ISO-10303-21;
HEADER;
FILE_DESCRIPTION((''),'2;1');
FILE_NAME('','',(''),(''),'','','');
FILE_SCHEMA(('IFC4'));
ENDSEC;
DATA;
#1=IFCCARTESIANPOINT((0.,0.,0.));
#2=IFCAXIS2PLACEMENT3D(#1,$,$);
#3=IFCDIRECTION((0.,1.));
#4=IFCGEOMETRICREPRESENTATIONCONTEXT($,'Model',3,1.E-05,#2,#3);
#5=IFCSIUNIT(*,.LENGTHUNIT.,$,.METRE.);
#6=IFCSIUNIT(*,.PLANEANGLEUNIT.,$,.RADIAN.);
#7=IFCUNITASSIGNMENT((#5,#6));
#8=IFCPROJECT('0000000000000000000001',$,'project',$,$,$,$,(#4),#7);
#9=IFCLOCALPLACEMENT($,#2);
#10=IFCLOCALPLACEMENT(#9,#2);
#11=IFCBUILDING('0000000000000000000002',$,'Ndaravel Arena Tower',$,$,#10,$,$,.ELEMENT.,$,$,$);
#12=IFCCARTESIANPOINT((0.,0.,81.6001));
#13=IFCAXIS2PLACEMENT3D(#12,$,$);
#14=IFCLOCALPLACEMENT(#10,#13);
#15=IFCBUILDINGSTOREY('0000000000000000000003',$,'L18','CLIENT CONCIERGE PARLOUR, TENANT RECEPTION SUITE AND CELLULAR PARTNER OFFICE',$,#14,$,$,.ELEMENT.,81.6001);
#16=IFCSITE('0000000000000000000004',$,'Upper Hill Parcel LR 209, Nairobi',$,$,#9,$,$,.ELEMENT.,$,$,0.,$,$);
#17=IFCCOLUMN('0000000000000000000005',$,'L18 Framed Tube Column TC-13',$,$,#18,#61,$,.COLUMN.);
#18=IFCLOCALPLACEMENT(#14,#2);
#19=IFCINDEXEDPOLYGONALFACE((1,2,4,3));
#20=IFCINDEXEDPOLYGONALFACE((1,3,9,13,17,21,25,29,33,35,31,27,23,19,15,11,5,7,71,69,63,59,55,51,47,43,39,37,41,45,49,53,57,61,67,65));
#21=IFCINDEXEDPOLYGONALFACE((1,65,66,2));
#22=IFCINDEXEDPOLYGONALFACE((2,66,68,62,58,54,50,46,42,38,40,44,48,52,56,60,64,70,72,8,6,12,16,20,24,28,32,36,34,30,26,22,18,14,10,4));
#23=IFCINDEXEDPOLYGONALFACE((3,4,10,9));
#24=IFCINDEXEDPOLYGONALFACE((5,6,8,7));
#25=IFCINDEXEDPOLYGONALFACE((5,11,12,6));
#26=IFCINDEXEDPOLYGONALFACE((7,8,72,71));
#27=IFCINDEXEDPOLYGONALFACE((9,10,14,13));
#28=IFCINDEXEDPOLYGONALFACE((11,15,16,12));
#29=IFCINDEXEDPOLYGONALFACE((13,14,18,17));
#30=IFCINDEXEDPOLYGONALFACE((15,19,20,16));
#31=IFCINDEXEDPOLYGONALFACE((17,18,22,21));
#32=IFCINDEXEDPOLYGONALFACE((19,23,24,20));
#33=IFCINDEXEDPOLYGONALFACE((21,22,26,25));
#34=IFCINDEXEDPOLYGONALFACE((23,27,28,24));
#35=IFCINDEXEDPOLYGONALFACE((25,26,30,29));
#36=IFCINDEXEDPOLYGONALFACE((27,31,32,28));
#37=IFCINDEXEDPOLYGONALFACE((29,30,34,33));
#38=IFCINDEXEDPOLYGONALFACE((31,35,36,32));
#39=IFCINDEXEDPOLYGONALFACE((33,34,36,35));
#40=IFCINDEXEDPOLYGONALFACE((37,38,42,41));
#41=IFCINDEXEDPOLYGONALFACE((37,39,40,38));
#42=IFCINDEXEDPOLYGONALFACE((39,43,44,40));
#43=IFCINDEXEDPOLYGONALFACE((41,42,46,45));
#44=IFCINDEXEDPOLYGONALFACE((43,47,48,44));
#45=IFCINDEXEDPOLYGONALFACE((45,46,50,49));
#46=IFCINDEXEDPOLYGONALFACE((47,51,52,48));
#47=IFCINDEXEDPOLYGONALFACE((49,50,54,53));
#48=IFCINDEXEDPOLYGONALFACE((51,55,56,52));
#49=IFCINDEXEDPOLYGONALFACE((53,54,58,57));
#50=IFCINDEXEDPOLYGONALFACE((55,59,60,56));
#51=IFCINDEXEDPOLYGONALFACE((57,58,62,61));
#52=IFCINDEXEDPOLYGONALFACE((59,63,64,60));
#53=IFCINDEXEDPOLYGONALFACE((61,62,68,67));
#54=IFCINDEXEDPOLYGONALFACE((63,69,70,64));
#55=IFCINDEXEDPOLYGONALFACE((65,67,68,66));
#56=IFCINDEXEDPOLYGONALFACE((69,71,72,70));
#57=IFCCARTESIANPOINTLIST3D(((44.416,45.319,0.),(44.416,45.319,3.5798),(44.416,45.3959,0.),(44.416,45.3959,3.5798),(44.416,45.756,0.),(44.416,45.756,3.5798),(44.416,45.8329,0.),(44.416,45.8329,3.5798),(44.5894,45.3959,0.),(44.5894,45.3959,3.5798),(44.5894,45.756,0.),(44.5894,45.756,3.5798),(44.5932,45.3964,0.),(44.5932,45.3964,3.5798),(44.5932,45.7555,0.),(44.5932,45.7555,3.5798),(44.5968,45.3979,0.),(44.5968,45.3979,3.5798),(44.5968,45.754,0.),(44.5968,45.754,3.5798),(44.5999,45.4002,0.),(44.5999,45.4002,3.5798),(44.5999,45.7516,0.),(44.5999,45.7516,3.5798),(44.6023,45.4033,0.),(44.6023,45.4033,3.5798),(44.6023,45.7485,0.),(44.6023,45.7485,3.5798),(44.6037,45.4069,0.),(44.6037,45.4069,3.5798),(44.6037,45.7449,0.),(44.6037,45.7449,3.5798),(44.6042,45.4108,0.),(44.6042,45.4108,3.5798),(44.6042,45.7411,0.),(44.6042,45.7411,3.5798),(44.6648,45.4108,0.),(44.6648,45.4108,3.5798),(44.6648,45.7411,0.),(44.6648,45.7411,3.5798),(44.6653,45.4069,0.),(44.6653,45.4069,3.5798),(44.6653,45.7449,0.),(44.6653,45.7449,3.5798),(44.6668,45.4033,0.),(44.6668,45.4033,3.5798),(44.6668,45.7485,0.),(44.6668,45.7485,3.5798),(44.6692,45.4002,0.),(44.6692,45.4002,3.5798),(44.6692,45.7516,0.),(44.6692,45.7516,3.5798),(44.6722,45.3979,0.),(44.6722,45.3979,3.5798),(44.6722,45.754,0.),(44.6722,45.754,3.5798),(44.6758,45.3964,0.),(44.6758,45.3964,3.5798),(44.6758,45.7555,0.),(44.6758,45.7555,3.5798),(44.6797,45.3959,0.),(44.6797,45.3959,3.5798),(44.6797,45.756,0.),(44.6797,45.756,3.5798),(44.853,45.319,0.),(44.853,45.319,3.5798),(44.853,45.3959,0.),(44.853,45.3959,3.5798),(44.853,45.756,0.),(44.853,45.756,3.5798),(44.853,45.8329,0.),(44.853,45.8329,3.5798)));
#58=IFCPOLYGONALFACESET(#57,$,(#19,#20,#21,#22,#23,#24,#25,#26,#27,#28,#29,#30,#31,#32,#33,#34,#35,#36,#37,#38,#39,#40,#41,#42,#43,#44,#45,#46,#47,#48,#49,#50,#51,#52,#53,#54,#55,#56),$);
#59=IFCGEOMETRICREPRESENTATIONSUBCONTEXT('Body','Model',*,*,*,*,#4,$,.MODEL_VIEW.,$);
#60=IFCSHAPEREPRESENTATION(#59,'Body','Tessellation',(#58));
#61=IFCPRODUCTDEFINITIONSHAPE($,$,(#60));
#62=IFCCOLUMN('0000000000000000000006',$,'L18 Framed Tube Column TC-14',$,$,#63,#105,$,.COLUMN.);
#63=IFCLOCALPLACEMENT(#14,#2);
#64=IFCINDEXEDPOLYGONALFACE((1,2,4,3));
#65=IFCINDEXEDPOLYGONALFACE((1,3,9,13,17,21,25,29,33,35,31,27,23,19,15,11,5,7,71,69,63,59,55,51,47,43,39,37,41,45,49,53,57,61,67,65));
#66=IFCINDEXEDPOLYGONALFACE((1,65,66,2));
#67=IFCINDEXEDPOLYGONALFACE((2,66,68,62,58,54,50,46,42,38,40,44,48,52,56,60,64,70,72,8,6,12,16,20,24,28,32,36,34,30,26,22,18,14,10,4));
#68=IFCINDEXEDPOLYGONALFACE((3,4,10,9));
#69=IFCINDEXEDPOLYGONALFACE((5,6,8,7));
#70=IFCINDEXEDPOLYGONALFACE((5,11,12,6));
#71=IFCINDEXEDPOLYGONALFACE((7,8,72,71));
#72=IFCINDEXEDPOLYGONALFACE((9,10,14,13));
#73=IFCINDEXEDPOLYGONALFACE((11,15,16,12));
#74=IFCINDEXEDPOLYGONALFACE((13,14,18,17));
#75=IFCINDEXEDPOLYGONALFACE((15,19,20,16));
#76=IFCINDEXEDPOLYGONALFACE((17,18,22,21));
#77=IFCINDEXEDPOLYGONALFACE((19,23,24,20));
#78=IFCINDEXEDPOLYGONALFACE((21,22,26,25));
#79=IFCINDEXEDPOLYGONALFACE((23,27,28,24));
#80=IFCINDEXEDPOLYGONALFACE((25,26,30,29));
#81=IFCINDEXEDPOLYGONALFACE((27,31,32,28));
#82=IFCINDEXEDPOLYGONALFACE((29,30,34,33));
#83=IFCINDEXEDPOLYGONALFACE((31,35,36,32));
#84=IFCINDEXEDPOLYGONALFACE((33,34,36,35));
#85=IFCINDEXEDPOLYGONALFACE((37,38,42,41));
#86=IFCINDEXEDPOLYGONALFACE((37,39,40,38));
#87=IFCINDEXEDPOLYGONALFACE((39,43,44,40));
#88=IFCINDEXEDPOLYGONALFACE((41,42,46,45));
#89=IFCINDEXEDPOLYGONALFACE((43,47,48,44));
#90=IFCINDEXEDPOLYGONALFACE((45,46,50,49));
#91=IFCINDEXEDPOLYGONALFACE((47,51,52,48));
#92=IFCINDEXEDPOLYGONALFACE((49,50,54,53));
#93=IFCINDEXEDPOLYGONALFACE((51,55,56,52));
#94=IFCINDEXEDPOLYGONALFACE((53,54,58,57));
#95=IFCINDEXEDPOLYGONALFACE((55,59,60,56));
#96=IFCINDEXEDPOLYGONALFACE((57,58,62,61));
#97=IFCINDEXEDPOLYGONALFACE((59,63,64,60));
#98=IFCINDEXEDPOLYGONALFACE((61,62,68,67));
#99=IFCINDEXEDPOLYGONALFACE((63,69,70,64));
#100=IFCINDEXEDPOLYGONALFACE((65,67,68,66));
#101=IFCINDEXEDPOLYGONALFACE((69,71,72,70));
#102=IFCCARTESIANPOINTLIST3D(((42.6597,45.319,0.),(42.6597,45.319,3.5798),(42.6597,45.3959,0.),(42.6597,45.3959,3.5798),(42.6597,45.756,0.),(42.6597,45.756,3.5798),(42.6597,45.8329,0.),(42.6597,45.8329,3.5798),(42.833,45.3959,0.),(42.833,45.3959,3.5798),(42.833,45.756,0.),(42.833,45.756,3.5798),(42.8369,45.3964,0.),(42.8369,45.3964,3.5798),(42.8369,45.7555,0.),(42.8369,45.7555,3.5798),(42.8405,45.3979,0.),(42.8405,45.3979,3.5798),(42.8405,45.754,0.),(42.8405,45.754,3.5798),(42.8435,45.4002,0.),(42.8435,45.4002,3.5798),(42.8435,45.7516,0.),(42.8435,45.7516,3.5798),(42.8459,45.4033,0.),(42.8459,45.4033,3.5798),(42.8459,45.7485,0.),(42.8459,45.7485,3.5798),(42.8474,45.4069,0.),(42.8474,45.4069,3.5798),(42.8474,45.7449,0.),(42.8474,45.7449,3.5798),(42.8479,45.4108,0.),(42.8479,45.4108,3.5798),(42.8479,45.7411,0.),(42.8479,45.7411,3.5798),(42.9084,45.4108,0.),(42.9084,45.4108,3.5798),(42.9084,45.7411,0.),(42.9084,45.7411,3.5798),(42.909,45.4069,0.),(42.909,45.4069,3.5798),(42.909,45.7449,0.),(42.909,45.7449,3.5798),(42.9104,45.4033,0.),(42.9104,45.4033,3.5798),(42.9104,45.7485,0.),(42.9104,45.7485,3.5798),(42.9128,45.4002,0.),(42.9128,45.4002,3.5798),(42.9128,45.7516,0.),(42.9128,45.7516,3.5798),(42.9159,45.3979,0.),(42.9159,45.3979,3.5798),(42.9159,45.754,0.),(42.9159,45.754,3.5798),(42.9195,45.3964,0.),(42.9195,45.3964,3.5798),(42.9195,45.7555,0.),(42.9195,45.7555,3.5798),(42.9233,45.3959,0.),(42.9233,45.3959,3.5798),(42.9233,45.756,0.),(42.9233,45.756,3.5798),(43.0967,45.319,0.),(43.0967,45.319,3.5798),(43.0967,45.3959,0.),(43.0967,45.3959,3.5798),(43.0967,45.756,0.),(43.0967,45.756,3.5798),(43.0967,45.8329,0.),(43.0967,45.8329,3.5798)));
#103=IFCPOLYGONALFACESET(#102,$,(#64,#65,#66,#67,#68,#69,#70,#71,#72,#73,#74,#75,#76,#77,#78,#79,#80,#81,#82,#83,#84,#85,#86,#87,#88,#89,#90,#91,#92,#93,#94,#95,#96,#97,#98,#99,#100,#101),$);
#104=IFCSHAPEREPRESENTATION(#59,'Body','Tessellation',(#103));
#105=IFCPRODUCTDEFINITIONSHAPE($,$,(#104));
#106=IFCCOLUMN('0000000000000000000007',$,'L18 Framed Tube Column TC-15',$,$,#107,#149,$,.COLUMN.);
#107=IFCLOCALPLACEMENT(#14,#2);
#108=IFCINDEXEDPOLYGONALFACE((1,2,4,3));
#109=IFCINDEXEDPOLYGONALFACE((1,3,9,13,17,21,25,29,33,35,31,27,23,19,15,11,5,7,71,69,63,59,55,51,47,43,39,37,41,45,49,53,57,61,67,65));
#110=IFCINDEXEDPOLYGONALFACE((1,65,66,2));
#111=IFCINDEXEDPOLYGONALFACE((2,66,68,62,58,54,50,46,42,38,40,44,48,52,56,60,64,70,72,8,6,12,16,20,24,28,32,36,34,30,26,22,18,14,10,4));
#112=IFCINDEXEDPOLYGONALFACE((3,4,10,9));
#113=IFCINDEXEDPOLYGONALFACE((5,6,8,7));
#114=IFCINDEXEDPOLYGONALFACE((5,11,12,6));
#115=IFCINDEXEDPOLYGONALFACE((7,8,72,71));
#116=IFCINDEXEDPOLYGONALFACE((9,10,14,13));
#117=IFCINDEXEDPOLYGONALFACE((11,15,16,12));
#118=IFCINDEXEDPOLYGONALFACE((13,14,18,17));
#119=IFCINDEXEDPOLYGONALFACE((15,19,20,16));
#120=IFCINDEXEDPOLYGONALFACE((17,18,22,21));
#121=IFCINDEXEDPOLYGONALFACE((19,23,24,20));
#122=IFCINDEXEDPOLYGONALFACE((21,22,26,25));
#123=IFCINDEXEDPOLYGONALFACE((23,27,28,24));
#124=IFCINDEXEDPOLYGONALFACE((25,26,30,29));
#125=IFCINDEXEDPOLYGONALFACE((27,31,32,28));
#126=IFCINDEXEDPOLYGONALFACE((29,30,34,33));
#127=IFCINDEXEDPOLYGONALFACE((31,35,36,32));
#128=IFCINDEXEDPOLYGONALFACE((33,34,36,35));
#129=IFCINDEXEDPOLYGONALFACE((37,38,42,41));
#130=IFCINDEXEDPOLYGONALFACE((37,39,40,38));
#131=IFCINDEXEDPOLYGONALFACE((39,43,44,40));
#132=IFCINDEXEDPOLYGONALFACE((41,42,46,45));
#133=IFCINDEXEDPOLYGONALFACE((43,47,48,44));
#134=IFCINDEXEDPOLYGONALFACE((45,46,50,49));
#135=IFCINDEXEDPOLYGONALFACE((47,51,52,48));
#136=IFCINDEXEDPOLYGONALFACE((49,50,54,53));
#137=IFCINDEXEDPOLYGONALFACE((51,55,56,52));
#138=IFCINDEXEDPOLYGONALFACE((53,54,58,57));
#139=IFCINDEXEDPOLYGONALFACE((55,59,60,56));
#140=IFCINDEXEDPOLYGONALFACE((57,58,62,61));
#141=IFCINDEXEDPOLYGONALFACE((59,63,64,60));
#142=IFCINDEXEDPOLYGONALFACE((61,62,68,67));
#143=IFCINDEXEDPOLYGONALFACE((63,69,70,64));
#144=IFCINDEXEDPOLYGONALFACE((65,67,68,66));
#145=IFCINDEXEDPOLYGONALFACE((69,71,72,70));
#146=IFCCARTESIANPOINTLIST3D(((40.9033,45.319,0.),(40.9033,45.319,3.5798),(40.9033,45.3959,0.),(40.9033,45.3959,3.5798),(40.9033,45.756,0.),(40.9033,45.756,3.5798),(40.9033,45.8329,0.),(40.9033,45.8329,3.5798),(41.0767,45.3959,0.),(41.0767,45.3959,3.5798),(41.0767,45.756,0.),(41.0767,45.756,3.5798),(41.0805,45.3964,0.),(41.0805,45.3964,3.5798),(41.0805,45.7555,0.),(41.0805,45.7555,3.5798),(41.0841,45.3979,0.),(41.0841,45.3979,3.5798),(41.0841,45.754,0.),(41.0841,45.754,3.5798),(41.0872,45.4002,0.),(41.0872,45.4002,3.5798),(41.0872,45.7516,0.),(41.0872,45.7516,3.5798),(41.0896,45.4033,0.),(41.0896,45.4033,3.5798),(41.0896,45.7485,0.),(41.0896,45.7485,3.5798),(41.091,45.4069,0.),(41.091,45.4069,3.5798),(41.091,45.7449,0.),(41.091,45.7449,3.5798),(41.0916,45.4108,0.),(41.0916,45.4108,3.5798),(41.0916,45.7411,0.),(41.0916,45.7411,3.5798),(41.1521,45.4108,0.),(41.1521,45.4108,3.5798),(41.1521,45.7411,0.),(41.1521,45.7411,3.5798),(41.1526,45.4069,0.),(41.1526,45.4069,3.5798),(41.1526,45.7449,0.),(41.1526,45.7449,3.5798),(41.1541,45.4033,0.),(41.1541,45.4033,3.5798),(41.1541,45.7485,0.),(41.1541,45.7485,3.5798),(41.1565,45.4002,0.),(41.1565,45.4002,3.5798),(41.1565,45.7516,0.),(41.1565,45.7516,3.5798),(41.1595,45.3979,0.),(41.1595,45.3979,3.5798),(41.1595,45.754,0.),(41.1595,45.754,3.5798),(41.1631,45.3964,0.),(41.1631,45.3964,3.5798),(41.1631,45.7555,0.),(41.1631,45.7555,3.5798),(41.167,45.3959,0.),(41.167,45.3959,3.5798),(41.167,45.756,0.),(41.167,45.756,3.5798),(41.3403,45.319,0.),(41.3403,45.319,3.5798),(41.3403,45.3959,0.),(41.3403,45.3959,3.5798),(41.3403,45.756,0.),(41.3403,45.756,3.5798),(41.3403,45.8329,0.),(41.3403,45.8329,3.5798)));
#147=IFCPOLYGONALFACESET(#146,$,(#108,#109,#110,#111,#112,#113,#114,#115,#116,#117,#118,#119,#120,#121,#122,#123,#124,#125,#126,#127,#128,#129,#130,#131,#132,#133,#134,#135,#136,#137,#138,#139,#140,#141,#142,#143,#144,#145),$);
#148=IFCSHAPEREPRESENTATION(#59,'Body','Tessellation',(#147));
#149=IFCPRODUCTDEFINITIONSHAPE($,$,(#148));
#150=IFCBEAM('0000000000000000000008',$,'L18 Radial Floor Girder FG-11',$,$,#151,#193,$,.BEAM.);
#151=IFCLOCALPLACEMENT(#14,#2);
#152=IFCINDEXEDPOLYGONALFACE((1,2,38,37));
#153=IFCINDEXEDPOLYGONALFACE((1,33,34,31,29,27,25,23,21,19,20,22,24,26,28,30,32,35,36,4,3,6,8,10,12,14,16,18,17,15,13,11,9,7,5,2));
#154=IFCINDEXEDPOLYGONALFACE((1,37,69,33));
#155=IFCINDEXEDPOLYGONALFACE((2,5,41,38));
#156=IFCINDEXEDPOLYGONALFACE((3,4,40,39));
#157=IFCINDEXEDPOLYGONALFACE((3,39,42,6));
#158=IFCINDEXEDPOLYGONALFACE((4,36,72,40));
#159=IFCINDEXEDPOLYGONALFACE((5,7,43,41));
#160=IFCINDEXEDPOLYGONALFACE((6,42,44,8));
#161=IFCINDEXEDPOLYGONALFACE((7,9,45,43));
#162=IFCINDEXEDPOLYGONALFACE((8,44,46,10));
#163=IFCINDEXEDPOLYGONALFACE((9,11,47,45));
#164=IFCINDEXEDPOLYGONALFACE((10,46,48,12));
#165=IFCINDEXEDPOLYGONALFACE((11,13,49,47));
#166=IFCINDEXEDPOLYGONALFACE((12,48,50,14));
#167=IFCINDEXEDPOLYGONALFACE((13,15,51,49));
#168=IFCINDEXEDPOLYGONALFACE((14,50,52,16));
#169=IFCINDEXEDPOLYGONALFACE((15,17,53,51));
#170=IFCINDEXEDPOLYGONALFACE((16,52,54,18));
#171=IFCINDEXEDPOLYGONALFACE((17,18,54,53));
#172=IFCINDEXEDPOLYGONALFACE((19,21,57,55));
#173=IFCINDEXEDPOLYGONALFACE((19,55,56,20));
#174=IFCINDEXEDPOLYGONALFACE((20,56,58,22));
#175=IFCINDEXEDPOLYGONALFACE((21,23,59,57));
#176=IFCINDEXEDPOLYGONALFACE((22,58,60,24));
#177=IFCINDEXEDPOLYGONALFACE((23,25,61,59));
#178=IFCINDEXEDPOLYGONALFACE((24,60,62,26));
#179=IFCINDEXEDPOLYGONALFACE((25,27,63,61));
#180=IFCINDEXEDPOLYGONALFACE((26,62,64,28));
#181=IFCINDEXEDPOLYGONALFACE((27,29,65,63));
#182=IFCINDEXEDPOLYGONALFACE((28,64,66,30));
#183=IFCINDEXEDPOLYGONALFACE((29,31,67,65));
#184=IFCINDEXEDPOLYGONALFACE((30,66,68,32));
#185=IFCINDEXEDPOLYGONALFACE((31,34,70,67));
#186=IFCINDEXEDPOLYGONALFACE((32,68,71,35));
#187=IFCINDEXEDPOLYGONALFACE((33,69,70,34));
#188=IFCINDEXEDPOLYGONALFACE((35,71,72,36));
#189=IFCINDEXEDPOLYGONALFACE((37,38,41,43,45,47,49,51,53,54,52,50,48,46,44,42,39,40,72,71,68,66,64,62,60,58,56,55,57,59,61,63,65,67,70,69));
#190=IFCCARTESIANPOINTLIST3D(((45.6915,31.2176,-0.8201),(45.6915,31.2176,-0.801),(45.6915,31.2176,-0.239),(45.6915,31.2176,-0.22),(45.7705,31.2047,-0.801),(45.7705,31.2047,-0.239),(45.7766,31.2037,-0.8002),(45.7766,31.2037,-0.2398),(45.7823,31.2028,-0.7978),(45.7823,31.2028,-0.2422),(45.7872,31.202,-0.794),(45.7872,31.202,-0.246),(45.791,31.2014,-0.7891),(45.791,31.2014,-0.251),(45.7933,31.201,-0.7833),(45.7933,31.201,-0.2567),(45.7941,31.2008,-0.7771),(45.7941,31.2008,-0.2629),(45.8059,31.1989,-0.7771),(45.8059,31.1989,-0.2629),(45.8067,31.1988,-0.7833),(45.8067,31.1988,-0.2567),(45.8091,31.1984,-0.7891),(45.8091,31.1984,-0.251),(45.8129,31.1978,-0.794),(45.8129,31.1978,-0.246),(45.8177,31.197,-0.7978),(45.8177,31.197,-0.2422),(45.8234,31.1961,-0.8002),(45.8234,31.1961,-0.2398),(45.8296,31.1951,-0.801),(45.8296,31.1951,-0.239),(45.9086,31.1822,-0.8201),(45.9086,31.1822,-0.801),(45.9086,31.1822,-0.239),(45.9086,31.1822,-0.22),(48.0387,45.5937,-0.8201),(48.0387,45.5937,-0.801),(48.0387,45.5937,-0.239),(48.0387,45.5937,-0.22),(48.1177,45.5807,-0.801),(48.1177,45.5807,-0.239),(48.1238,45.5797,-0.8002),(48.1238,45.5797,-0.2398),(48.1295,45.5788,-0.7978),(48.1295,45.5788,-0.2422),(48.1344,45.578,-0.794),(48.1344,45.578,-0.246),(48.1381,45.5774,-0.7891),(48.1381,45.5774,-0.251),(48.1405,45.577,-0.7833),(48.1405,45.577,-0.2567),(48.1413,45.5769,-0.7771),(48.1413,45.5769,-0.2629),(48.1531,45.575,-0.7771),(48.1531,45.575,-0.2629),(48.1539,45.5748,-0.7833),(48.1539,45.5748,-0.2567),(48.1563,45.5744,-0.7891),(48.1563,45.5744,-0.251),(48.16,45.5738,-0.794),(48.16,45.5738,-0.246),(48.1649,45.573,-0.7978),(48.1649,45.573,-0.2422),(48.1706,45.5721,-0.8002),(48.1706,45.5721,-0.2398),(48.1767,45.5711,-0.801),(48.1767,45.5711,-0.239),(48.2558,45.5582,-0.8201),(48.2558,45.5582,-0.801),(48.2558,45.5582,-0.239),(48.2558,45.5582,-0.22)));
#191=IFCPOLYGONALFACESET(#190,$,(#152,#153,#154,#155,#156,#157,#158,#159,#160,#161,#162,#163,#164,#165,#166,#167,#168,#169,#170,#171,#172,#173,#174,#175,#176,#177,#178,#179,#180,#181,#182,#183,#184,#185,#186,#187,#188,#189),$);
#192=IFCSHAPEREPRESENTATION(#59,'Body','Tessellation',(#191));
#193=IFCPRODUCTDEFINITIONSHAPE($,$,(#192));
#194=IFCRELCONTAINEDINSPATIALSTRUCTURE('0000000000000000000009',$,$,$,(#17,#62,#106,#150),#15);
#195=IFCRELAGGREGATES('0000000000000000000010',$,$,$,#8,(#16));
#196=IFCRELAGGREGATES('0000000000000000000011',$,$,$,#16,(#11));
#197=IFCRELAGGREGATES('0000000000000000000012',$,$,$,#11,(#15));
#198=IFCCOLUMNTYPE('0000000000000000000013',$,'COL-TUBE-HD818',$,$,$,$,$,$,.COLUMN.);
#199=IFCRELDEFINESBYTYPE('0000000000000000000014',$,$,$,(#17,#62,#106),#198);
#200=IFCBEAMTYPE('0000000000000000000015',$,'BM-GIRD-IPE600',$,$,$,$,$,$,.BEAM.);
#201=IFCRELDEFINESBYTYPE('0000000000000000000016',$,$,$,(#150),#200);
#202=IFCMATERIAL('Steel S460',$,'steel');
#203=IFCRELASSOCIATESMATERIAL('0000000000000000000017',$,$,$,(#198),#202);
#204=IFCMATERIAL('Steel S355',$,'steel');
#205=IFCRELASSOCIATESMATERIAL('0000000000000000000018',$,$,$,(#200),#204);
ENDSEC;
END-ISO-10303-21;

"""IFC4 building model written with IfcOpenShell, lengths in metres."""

from ifc_helpers import new_model, si_unit, direction, frame, origin, origin_2d, place, context, subcontext, project, spatial, i_section, extrude, material, material_profile, profile_set, type_object, element, save


model = new_model("IFC4")

# Units and contexts
model_context = context("Model", 3, precision=1e-05, world=origin(), true_north=direction((0.0, 1.0)))
body_context = subcontext(model_context, "Body", "Model", "MODEL_VIEW")
ifc_project = project(units=[si_unit("LENGTHUNIT", "METRE"), si_unit("PLANEANGLEUNIT", "RADIAN")], contexts=[model_context])

# Site, building, storey
site_placement = place(None, origin())
site = spatial("IfcSite", under=ifc_project, at=site_placement, Name="Upper Hill Parcel LR 209, Nairobi", CompositionType="ELEMENT", RefElevation=0.0)
building_placement = place(site_placement, origin())
building = spatial("IfcBuilding", under=site, at=building_placement, Name="Ndaravel Arena Tower", CompositionType="ELEMENT")
storey_placement = place(building_placement, frame((0.0, 0.0, 81.6001)))
storey = spatial("IfcBuildingStorey", under=building, at=storey_placement, Name="L18", Description="CLIENT CONCIERGE PARLOUR, TENANT RECEPTION SUITE AND CELLULAR PARTNER OFFICE", CompositionType="ELEMENT", Elevation=81.6001)

# Columns
ifc_material_1 = material(Name="Steel S460", Category="steel")
ifc_material_profile_1 = material_profile(ifc_material_1, i_section(OverallWidth=0.437, OverallDepth=0.5139, WebThickness=0.0605, FlangeThickness=0.0769, FilletRadius=0.0149, at=origin_2d()), Name="HD 400x818")
ifc_profile_set_1 = profile_set([ifc_material_profile_1], Name="Steel S460")
column_type_1 = type_object("IfcColumnType", Name="COL-TUBE-HD818", PredefinedType="COLUMN", material=ifc_profile_set_1)
for number, where, z_axis, x_axis, name in (
    (1, (44.6345, 45.5759, 0.0), (0.0, 0.0, 1.0), (1.0, 0.0, 0.0), "L18 Framed Tube Column TC-13"),
    (2, (42.8782, 45.5759, 0.0), (0.0, 0.0, 1.0), (1.0, 0.0, 0.0), "L18 Framed Tube Column TC-14"),
    (3, (41.1218, 45.5759, 0.0), (0.0, 0.0, 1.0), (1.0, 0.0, 0.0), "L18 Framed Tube Column TC-15"),
):
    element("IfcColumn", number, at=place(storey_placement, frame(where, z_axis=z_axis, x_axis=x_axis)), inside=storey, type_object=column_type_1, Name=name, PredefinedType="COLUMN", context=body_context, shape_type="SweptSolid", body=[
        extrude(i_section(OverallWidth=0.437, OverallDepth=0.5139, WebThickness=0.0605, FlangeThickness=0.0769, FilletRadius=0.0149, at=origin_2d()), origin(), (0.0, 0.0, 1.0), 3.5798),
    ])

# Beam
ifc_material_2 = material(Name="Steel S355", Category="steel")
ifc_material_profile_2 = material_profile(ifc_material_2, i_section(OverallWidth=0.22, OverallDepth=0.6001, WebThickness=0.012, FlangeThickness=0.019, FilletRadius=0.0239, at=origin_2d()), Name="IPE 600")
ifc_profile_set_2 = profile_set([ifc_material_profile_2], Name="Steel S355")
beam_type_1 = type_object("IfcBeamType", Name="BM-GIRD-IPE600", PredefinedType="BEAM", material=ifc_profile_set_2)
beam_1_placement = place(storey_placement, frame((48.1472, 45.5759, -0.52), z_axis=(-0.161137, -0.986932, 0.0), x_axis=(0.986932, -0.161137, 0.0)))
element("IfcBeam", 4, at=beam_1_placement, inside=storey, type_object=beam_type_1, Name="L18 Radial Floor Girder FG-11", PredefinedType="BEAM", context=body_context, shape_type="SweptSolid", body=[
    extrude(i_section(OverallWidth=0.22, OverallDepth=0.6001, WebThickness=0.012, FlangeThickness=0.019, FilletRadius=0.0239, at=origin_2d()), origin(), (0.0, 0.0, 1.0), 14.5664),
])

save(model, "model.ifc")
